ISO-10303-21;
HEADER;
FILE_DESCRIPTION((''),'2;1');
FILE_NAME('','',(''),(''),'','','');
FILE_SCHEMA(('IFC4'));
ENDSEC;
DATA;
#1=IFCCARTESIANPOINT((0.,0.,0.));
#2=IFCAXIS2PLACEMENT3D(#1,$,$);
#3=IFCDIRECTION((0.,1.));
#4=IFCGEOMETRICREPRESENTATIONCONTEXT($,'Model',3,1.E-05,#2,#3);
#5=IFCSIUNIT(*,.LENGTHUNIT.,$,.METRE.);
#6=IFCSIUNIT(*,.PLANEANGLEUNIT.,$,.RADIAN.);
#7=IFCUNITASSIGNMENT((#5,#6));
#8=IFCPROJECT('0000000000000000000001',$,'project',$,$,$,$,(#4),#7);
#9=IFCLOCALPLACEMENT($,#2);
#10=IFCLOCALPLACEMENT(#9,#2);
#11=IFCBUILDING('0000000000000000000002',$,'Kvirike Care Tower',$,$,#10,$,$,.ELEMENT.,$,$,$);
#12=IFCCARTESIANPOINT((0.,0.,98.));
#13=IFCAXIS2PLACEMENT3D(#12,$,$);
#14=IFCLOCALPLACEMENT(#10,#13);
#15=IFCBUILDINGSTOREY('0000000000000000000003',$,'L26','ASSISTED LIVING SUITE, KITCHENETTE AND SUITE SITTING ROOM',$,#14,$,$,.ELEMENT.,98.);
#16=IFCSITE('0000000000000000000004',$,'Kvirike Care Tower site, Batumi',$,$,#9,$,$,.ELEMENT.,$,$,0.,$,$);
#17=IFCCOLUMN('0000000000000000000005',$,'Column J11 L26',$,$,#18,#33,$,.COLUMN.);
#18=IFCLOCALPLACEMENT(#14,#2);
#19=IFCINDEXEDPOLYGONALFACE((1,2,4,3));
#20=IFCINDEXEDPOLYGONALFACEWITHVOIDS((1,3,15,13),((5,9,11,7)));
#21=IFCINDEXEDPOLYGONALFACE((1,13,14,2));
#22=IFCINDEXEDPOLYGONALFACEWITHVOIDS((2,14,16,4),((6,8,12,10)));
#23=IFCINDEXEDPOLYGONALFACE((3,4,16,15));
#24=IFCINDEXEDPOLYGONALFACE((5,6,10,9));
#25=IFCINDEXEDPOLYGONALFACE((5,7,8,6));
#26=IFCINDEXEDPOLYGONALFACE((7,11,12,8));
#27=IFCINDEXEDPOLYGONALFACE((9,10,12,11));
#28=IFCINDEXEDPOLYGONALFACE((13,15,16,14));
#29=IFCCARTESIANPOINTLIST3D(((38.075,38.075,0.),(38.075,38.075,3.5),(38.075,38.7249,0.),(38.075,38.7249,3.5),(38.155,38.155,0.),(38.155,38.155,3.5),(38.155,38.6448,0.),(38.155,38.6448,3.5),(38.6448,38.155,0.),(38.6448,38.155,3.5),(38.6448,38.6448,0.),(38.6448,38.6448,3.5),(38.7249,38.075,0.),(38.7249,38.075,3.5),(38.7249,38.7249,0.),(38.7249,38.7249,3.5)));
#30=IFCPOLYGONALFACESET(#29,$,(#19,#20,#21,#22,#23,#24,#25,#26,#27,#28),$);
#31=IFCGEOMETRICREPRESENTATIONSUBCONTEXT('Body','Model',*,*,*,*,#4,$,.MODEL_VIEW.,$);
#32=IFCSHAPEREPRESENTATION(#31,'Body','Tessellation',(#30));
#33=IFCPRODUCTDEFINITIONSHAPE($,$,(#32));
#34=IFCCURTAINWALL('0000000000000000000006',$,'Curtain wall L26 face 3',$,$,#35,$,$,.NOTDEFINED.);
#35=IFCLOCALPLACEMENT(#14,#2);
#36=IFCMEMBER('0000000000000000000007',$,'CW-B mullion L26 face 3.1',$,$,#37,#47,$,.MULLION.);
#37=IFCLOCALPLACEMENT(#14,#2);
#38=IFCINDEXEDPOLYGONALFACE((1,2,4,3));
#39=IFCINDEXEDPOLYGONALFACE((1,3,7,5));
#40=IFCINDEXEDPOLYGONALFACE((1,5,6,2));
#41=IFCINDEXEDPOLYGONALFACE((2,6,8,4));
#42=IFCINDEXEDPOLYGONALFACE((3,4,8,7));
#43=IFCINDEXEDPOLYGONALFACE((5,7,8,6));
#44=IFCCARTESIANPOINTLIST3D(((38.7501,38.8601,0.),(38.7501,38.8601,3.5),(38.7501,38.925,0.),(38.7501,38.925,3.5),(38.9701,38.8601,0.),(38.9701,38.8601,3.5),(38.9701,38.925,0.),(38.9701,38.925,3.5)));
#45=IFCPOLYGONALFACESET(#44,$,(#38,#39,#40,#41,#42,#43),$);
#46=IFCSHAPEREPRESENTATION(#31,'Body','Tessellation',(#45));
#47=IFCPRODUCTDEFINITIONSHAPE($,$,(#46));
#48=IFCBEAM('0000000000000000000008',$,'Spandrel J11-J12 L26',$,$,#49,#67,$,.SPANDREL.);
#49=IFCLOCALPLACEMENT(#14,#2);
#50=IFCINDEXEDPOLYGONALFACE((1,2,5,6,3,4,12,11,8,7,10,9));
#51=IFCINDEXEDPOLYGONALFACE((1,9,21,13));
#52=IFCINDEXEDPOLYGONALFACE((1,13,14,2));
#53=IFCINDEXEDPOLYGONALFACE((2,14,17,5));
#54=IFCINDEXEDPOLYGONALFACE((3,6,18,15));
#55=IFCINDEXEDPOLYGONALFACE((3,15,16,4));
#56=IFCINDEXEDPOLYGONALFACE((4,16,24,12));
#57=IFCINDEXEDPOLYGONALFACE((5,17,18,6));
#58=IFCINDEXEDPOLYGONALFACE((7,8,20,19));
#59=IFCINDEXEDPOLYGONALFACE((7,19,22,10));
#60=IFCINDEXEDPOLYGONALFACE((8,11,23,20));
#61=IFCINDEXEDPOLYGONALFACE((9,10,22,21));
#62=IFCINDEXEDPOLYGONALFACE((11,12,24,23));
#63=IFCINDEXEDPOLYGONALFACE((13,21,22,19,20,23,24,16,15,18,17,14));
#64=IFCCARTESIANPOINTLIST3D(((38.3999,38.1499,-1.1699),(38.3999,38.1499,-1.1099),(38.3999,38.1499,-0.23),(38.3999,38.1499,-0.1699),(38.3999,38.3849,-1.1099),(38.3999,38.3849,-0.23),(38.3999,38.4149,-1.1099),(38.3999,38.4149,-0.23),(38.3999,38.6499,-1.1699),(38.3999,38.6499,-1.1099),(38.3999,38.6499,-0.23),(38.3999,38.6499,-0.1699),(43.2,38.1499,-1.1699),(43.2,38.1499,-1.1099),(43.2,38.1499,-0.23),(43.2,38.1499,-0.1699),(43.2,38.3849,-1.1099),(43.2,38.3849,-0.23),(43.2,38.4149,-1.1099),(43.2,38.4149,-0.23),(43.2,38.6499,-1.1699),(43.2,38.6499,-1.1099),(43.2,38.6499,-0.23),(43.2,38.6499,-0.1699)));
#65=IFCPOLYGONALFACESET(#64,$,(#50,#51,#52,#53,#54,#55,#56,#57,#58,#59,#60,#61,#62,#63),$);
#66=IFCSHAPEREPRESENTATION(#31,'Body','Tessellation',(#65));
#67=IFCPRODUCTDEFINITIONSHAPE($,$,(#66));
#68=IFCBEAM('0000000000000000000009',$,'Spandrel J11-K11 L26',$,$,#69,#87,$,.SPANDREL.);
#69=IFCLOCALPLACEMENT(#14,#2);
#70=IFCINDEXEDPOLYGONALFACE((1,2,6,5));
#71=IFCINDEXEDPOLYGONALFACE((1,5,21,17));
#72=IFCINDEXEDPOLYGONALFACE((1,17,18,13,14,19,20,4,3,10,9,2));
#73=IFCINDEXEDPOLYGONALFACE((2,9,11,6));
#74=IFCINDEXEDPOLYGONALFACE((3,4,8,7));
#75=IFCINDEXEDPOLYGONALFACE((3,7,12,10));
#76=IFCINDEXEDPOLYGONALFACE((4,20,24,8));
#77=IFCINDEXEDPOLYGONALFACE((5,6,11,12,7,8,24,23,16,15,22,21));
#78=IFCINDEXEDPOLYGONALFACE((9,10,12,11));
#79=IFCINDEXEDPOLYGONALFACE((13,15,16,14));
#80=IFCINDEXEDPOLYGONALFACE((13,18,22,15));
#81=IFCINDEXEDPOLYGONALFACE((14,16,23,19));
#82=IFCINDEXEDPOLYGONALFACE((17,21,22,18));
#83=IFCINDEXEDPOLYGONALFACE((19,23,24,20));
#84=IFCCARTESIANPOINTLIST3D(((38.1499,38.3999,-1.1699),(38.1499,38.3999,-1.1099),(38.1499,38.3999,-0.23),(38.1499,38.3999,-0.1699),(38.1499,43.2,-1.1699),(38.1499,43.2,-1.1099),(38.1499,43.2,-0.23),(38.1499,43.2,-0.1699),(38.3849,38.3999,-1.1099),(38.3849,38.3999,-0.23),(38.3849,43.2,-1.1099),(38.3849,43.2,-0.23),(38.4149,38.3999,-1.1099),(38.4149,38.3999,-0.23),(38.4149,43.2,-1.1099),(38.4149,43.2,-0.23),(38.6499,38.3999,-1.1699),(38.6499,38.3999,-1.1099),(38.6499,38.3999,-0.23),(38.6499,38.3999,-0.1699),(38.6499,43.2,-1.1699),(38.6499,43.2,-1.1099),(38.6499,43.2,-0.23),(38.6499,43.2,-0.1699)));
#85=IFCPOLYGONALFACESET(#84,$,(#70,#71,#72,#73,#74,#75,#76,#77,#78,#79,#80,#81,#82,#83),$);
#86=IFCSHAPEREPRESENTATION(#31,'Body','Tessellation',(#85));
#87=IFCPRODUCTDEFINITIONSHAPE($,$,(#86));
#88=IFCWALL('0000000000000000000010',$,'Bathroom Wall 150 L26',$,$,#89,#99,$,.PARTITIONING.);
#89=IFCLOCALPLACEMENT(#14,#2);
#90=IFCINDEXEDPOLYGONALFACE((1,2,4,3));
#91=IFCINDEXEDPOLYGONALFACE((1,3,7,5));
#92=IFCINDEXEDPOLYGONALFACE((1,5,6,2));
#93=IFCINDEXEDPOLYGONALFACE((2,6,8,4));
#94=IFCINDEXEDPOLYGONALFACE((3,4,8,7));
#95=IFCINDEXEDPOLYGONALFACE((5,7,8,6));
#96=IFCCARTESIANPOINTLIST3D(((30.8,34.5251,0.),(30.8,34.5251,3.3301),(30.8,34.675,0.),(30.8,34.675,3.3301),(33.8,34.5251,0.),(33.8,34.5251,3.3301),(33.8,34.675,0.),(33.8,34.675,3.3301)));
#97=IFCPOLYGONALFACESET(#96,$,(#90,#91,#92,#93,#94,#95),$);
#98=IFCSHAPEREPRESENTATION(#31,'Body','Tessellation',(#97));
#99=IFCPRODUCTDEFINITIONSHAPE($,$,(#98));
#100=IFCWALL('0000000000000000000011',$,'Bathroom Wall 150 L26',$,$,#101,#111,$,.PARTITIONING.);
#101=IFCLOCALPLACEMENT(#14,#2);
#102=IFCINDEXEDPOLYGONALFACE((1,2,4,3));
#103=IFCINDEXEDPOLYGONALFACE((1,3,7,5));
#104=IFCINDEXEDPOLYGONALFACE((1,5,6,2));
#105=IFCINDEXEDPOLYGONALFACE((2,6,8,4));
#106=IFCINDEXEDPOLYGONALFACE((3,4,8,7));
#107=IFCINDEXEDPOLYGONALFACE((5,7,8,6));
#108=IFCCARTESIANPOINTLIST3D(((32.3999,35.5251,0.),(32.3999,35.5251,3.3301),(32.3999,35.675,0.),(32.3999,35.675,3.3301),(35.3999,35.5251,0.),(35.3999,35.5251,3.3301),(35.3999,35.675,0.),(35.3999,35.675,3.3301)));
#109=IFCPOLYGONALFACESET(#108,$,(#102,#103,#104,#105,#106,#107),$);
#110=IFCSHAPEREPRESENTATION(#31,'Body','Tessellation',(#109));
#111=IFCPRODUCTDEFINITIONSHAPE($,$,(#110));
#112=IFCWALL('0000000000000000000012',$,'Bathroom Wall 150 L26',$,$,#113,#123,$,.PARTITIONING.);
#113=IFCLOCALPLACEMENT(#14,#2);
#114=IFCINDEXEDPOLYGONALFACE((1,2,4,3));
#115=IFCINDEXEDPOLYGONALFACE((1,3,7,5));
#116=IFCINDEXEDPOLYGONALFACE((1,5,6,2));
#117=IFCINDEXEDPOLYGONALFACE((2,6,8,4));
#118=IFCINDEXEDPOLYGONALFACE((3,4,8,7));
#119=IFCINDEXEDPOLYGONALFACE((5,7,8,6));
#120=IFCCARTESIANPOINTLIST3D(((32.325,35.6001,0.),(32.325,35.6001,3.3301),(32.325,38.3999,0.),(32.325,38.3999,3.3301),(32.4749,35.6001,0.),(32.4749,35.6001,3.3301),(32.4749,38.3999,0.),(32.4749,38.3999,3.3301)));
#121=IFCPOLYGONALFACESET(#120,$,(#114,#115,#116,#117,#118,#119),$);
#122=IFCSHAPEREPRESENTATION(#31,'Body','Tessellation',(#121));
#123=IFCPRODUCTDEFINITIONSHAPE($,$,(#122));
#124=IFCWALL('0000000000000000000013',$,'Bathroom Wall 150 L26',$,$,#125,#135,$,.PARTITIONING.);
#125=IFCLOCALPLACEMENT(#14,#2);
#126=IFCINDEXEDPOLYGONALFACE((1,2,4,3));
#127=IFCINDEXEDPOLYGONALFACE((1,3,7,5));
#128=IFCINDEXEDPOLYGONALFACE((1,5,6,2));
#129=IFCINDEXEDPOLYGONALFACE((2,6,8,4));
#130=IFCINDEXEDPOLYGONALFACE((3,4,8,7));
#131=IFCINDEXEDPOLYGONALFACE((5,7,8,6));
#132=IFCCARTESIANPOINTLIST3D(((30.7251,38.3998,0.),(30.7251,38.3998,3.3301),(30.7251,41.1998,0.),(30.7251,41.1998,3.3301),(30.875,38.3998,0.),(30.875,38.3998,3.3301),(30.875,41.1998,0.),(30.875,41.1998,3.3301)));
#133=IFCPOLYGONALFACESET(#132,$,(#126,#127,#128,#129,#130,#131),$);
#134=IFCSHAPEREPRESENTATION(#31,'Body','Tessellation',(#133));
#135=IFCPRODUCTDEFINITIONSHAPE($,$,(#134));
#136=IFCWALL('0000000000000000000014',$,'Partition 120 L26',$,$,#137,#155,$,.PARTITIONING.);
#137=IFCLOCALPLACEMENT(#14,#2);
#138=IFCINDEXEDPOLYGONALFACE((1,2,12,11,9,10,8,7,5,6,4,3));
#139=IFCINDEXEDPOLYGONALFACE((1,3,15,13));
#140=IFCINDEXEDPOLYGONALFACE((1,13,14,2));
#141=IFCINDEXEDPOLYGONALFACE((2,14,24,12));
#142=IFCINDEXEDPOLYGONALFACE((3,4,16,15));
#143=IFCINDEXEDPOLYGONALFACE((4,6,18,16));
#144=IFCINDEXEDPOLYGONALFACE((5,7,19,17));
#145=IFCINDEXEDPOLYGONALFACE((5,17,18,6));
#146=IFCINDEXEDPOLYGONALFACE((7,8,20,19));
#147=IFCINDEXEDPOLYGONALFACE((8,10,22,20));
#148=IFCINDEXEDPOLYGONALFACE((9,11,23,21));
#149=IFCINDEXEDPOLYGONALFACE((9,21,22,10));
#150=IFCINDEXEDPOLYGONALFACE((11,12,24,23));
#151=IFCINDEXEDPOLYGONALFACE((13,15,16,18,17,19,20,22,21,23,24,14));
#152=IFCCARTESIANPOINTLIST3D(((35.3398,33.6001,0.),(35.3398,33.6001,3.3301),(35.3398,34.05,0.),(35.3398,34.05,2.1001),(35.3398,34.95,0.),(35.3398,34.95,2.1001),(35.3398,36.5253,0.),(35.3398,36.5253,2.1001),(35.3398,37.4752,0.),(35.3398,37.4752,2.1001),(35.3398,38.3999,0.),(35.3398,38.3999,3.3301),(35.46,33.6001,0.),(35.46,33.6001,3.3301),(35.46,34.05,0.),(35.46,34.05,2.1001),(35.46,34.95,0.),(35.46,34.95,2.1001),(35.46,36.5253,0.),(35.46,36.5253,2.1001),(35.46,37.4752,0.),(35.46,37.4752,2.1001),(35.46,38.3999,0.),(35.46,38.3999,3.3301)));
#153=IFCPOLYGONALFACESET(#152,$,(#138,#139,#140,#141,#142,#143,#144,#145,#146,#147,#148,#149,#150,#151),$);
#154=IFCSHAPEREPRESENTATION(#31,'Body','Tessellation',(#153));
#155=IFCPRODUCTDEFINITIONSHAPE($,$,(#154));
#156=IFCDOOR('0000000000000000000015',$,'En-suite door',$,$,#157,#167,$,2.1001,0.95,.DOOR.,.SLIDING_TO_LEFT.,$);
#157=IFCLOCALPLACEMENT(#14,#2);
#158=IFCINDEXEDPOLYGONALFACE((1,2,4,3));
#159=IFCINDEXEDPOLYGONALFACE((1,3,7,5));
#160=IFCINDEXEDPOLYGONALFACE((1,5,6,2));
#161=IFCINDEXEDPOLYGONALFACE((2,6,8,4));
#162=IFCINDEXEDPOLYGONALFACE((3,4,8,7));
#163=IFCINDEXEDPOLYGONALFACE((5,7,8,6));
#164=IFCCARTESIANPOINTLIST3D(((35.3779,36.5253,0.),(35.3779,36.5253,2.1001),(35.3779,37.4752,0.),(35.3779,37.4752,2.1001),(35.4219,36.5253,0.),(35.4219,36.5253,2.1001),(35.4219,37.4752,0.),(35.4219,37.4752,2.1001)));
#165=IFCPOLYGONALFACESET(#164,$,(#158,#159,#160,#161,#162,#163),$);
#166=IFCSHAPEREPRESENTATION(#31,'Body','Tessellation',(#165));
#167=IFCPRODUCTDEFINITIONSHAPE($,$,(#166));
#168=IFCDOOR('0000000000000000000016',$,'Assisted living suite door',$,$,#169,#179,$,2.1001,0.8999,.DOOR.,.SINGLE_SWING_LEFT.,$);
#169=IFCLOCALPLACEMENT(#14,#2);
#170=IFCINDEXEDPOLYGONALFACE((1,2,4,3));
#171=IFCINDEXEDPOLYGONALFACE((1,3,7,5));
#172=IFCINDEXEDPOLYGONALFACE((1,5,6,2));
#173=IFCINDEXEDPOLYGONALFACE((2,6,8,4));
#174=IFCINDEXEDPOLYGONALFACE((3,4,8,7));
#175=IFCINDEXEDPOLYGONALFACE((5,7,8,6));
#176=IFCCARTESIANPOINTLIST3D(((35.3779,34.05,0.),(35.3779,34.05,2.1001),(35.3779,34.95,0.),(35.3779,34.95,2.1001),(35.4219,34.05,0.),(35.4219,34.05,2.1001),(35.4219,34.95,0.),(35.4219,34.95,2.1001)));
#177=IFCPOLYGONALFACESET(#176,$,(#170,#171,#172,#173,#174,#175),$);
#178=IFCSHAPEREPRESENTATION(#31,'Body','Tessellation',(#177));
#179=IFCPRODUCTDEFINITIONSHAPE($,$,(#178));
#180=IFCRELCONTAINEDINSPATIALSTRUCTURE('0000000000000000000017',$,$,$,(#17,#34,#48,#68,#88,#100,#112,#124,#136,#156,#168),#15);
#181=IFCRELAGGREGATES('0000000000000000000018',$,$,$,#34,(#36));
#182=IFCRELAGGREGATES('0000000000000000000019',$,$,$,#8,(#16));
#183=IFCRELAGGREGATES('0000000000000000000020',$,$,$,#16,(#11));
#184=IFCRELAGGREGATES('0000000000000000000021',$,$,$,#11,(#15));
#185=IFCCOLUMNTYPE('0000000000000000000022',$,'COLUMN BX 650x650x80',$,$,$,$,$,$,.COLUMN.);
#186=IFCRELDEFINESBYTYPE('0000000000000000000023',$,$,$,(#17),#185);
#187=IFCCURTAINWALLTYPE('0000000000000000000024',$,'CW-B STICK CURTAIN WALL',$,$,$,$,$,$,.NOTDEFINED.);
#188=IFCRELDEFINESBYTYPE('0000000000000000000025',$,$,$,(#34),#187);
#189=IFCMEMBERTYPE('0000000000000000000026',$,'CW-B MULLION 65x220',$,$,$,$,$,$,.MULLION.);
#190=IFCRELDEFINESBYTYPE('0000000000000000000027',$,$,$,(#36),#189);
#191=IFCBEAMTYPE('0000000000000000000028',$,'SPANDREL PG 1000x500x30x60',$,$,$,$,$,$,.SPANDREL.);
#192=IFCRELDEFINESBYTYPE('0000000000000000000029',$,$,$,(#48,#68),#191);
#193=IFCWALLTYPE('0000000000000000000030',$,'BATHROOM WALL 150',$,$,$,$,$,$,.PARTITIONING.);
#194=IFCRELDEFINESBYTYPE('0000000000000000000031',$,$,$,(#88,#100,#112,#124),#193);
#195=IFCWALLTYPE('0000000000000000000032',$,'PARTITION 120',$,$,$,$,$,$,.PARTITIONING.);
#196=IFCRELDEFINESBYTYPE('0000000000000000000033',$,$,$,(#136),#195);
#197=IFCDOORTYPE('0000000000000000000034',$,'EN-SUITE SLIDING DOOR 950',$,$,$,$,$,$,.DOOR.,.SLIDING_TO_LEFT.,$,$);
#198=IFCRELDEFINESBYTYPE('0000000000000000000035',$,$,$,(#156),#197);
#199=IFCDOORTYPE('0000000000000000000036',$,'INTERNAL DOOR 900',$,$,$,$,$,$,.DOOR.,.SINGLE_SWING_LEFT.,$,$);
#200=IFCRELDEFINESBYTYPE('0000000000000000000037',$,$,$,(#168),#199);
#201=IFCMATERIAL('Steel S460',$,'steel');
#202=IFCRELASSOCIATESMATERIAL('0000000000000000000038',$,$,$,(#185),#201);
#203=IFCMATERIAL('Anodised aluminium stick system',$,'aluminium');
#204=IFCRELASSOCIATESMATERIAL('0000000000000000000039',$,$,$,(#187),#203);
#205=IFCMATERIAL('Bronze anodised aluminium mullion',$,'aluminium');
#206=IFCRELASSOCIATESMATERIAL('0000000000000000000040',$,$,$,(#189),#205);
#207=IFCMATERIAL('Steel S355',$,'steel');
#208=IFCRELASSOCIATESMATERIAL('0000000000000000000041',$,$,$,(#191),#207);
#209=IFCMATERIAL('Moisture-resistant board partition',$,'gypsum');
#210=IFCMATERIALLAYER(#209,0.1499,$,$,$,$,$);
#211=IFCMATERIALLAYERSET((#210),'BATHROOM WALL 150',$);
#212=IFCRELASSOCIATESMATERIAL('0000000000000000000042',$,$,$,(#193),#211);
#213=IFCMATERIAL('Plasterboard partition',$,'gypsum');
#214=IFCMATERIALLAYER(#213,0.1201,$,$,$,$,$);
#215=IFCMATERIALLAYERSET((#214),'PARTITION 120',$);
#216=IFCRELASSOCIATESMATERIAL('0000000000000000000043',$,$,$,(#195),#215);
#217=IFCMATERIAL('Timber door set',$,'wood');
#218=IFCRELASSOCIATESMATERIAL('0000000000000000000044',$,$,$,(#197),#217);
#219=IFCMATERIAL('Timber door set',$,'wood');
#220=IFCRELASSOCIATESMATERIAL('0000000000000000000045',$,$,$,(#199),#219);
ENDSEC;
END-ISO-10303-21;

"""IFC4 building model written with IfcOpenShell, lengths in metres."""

from ifc_helpers import new_model, si_unit, direction, frame, frame_2d, origin, origin_2d, place, context, subcontext, project, spatial, rectangle, hollow_rectangle, i_section, extrude, material, layer, layer_set, material_profile, profile_set, type_object, element, fill, aggregate, save


model = new_model("IFC4")

# Units and contexts
model_context = context("Model", 3, precision=1e-05, world=origin(), true_north=direction((0.0, 1.0)))
body_context = subcontext(model_context, "Body", "Model", "MODEL_VIEW")
ifc_project = project(units=[si_unit("LENGTHUNIT", "METRE"), si_unit("PLANEANGLEUNIT", "RADIAN")], contexts=[model_context])

# Site, building, storey
site_placement = place(None, origin())
site = spatial("IfcSite", under=ifc_project, at=site_placement, Name="Kvirike Care Tower site, Batumi", CompositionType="ELEMENT", RefElevation=0.0)
building_placement = place(site_placement, origin())
building = spatial("IfcBuilding", under=site, at=building_placement, Name="Kvirike Care Tower", CompositionType="ELEMENT")
storey_placement = place(building_placement, frame((0.0, 0.0, 98.0)))
storey = spatial("IfcBuildingStorey", under=building, at=storey_placement, Name="L26", Description="ASSISTED LIVING SUITE, KITCHENETTE AND SUITE SITTING ROOM", CompositionType="ELEMENT", Elevation=98.0)

# Column
ifc_material_1 = material(Name="Steel S460", Category="steel")
ifc_material_profile_1 = material_profile(ifc_material_1, hollow_rectangle(XDim=0.6499, YDim=0.6499, WallThickness=0.0801, at=origin_2d()), Name="BX 650x650x80")
ifc_profile_set_1 = profile_set([ifc_material_profile_1], Name="Steel S460")
column_type = type_object("IfcColumnType", Name="COLUMN BX 650x650x80", PredefinedType="COLUMN", material=ifc_profile_set_1)
column_placement = place(storey_placement, frame((38.3999, 38.3999, 0.0), z_axis=(0.0, 0.0, 1.0), x_axis=(0.0, 1.0, 0.0)))
element("IfcColumn", 1, at=column_placement, inside=storey, type_object=column_type, Name="Column J11 L26", PredefinedType="COLUMN", context=body_context, shape_type="SweptSolid", body=[
    extrude(hollow_rectangle(XDim=0.6499, YDim=0.6499, WallThickness=0.0801, at=origin_2d()), origin(), (0.0, 0.0, 1.0), 3.5),
])

# Curtain wall, member
ifc_material_2 = material(Name="Anodised aluminium stick system", Category="aluminium")
curtain_wall_type = type_object("IfcCurtainWallType", Name="CW-B STICK CURTAIN WALL", PredefinedType="NOTDEFINED", material=ifc_material_2)
curtain_wall_placement = place(storey_placement, origin())
curtain_wall = element("IfcCurtainWall", 2, at=curtain_wall_placement, inside=storey, type_object=curtain_wall_type, Name="Curtain wall L26 face 3", PredefinedType="NOTDEFINED")
ifc_material_3 = material(Name="Bronze anodised aluminium mullion", Category="aluminium")
ifc_material_profile_2 = material_profile(ifc_material_3, rectangle(XDim=0.0649, YDim=0.22, at=origin_2d()), Name="CW-B MULLION 65x220")
ifc_profile_set_2 = profile_set([ifc_material_profile_2], Name="Bronze anodised aluminium mullion")
member_type = type_object("IfcMemberType", Name="CW-B MULLION 65x220", PredefinedType="MULLION", material=ifc_profile_set_2)
member_placement = place(storey_placement, frame((38.8601, 38.8926, 0.0), z_axis=(0.0, 0.0, 1.0), x_axis=(0.0, 1.0, 0.0)))
member = element("IfcMember", 3, at=member_placement, type_object=member_type, Name="CW-B mullion L26 face 3.1", PredefinedType="MULLION", context=body_context, shape_type="SweptSolid", body=[
    extrude(rectangle(XDim=0.0649, YDim=0.22, at=origin_2d()), origin(), (0.0, 0.0, 1.0), 3.5),
])
aggregate(curtain_wall, [member])

# Beams
ifc_material_4 = material(Name="Steel S355", Category="steel")
ifc_material_profile_3 = material_profile(ifc_material_4, i_section(OverallWidth=0.5, OverallDepth=1.0, WebThickness=0.03, FlangeThickness=0.0601, at=origin_2d()), Name="PG 1000x500x30x60")
ifc_profile_set_3 = profile_set([ifc_material_profile_3], Name="Steel S355")
beam_type = type_object("IfcBeamType", Name="SPANDREL PG 1000x500x30x60", PredefinedType="SPANDREL", material=ifc_profile_set_3)
for number, where, z_axis, x_axis, name in (
    (4, (38.3999, 38.3999, -0.6699), (1.0, 0.0, 0.0), (0.0, 1.0, 0.0), "Spandrel J11-J12 L26"),
    (5, (38.3999, 38.3999, -0.6699), (0.0, 1.0, 0.0), (-1.0, 0.0, 0.0), "Spandrel J11-K11 L26"),
):
    element("IfcBeam", number, at=place(storey_placement, frame(where, z_axis=z_axis, x_axis=x_axis)), inside=storey, type_object=beam_type, Name=name, PredefinedType="SPANDREL", context=body_context, shape_type="SweptSolid", body=[
        extrude(i_section(OverallWidth=0.5, OverallDepth=1.0, WebThickness=0.03, FlangeThickness=0.0601, at=origin_2d()), origin(), (0.0, 0.0, 1.0), 4.8),
    ])

# Walls
ifc_material_5 = material(Name="Moisture-resistant board partition", Category="gypsum")
ifc_layer_1 = layer(ifc_material_5, 0.1499)
ifc_layer_set_1 = layer_set([ifc_layer_1], Name="BATHROOM WALL 150")
wall_type_1 = type_object("IfcWallType", Name="BATHROOM WALL 150", PredefinedType="PARTITIONING", material=ifc_layer_set_1)
for number, where, z_axis, x_axis, name in (
    (6, (33.8, 34.6001, 0.0), (0.0, 0.0, 1.0), (-1.0, 0.0, 0.0), "Bathroom Wall 150 L26"),
    (7, (35.3999, 35.6001, 0.0), (0.0, 0.0, 1.0), (-1.0, 0.0, 0.0), "Bathroom Wall 150 L26"),
):
    element("IfcWall", number, at=place(storey_placement, frame(where, z_axis=z_axis, x_axis=x_axis)), inside=storey, type_object=wall_type_1, Name=name, PredefinedType="PARTITIONING", context=body_context, shape_type="SweptSolid", body=[
        extrude(rectangle(XDim=3.0, YDim=0.1499, at=frame_2d((1.5, 0.0))), origin(), (0.0, 0.0, 1.0), 3.3301),
    ])
wall_1_placement = place(storey_placement, frame((32.3999, 35.6001, 0.0), z_axis=(0.0, 0.0, 1.0), x_axis=(0.0, 1.0, 0.0)))
element("IfcWall", 8, at=wall_1_placement, inside=storey, type_object=wall_type_1, Name="Bathroom Wall 150 L26", PredefinedType="PARTITIONING", context=body_context, shape_type="SweptSolid", body=[
    extrude(rectangle(XDim=2.7998, YDim=0.1499, at=frame_2d((1.3999, 0.0))), origin(), (0.0, 0.0, 1.0), 3.3301),
])
wall_2_placement = place(storey_placement, frame((30.8, 38.3999, 0.0), z_axis=(0.0, 0.0, 1.0), x_axis=(0.0, 1.0, 0.0)))
element("IfcWall", 9, at=wall_2_placement, inside=storey, type_object=wall_type_1, Name="Bathroom Wall 150 L26", PredefinedType="PARTITIONING", context=body_context, shape_type="SweptSolid", body=[
    extrude(rectangle(XDim=2.8, YDim=0.1499, at=frame_2d((1.3999, 0.0))), origin(), (0.0, 0.0, 1.0), 3.3301),
])

# Wall, openings, doors
ifc_material_6 = material(Name="Plasterboard partition", Category="gypsum")
ifc_layer_2 = layer(ifc_material_6, 0.1201)
ifc_layer_set_2 = layer_set([ifc_layer_2], Name="PARTITION 120")
wall_type_2 = type_object("IfcWallType", Name="PARTITION 120", PredefinedType="PARTITIONING", material=ifc_layer_set_2)
wall_3_placement = place(storey_placement, frame((35.3999, 33.6001, 0.0), z_axis=(0.0, 0.0, 1.0), x_axis=(0.0, 1.0, 0.0)))
wall_3 = element("IfcWall", 10, at=wall_3_placement, inside=storey, type_object=wall_type_2, Name="Partition 120 L26", PredefinedType="PARTITIONING", context=body_context, shape_type="SweptSolid", body=[
    extrude(rectangle(XDim=4.7998, YDim=0.1201, at=frame_2d((2.3999, 0.0))), origin(), (0.0, 0.0, 1.0), 3.3301),
])
opening_1_placement = place(wall_3_placement, frame((0.45, 0.0, 0.0)))
opening_1 = element("IfcOpeningElement", 11, at=opening_1_placement, cuts=wall_3, PredefinedType="OPENING", context=body_context, shape_type="SweptSolid", body=[
    extrude(rectangle(XDim=0.8999, YDim=2.1001, at=frame_2d((0.45, 1.05))), frame((0.0, 0.0706, 0.0), z_axis=(0.0, -1.0, 0.0), x_axis=(1.0, 0.0, 0.0)), (0.0, 0.0, 1.0), 0.1411),
])
opening_2_placement = place(wall_3_placement, frame((2.925, 0.0, 0.0)))
opening_2 = element("IfcOpeningElement", 12, at=opening_2_placement, cuts=wall_3, PredefinedType="OPENING", context=body_context, shape_type="SweptSolid", body=[
    extrude(rectangle(XDim=0.95, YDim=2.1001, at=frame_2d((0.4751, 1.05))), frame((0.0, 0.0706, 0.0), z_axis=(0.0, -1.0, 0.0), x_axis=(1.0, 0.0, 0.0)), (0.0, 0.0, 1.0), 0.1411),
])
ifc_material_7 = material(Name="Timber door set", Category="wood")
door_type_1 = type_object("IfcDoorType", Name="EN-SUITE SLIDING DOOR 950", OperationType="SLIDING_TO_LEFT", PredefinedType="DOOR", material=ifc_material_7)
door_1_placement = place(opening_2_placement, origin())
door_1 = element("IfcDoor", 13, at=door_1_placement, inside=storey, type_object=door_type_1, Name="En-suite door", OperationType="SLIDING_TO_LEFT", OverallHeight=2.1001, OverallWidth=0.95, PredefinedType="DOOR", context=body_context, shape_type="SweptSolid", body=[
    extrude(rectangle(XDim=0.95, YDim=2.1001, at=frame_2d((0.4751, 1.05))), frame((0.0, 0.022, 0.0), z_axis=(0.0, -1.0, 0.0), x_axis=(1.0, 0.0, 0.0)), (0.0, 0.0, 1.0), 0.0439),
])
fill(opening_2, door_1)
ifc_material_8 = material(Name="Timber door set", Category="wood")
door_type_2 = type_object("IfcDoorType", Name="INTERNAL DOOR 900", OperationType="SINGLE_SWING_LEFT", PredefinedType="DOOR", material=ifc_material_8)
door_2_placement = place(opening_1_placement, origin())
door_2 = element("IfcDoor", 14, at=door_2_placement, inside=storey, type_object=door_type_2, Name="Assisted living suite door", OperationType="SINGLE_SWING_LEFT", OverallHeight=2.1001, OverallWidth=0.8999, PredefinedType="DOOR", context=body_context, shape_type="SweptSolid", body=[
    extrude(rectangle(XDim=0.8999, YDim=2.1001, at=frame_2d((0.45, 1.05))), frame((0.0, 0.022, 0.0), z_axis=(0.0, -1.0, 0.0), x_axis=(1.0, 0.0, 0.0)), (0.0, 0.0, 1.0), 0.0439),
])
fill(opening_1, door_2)

save(model, "model.ifc")
